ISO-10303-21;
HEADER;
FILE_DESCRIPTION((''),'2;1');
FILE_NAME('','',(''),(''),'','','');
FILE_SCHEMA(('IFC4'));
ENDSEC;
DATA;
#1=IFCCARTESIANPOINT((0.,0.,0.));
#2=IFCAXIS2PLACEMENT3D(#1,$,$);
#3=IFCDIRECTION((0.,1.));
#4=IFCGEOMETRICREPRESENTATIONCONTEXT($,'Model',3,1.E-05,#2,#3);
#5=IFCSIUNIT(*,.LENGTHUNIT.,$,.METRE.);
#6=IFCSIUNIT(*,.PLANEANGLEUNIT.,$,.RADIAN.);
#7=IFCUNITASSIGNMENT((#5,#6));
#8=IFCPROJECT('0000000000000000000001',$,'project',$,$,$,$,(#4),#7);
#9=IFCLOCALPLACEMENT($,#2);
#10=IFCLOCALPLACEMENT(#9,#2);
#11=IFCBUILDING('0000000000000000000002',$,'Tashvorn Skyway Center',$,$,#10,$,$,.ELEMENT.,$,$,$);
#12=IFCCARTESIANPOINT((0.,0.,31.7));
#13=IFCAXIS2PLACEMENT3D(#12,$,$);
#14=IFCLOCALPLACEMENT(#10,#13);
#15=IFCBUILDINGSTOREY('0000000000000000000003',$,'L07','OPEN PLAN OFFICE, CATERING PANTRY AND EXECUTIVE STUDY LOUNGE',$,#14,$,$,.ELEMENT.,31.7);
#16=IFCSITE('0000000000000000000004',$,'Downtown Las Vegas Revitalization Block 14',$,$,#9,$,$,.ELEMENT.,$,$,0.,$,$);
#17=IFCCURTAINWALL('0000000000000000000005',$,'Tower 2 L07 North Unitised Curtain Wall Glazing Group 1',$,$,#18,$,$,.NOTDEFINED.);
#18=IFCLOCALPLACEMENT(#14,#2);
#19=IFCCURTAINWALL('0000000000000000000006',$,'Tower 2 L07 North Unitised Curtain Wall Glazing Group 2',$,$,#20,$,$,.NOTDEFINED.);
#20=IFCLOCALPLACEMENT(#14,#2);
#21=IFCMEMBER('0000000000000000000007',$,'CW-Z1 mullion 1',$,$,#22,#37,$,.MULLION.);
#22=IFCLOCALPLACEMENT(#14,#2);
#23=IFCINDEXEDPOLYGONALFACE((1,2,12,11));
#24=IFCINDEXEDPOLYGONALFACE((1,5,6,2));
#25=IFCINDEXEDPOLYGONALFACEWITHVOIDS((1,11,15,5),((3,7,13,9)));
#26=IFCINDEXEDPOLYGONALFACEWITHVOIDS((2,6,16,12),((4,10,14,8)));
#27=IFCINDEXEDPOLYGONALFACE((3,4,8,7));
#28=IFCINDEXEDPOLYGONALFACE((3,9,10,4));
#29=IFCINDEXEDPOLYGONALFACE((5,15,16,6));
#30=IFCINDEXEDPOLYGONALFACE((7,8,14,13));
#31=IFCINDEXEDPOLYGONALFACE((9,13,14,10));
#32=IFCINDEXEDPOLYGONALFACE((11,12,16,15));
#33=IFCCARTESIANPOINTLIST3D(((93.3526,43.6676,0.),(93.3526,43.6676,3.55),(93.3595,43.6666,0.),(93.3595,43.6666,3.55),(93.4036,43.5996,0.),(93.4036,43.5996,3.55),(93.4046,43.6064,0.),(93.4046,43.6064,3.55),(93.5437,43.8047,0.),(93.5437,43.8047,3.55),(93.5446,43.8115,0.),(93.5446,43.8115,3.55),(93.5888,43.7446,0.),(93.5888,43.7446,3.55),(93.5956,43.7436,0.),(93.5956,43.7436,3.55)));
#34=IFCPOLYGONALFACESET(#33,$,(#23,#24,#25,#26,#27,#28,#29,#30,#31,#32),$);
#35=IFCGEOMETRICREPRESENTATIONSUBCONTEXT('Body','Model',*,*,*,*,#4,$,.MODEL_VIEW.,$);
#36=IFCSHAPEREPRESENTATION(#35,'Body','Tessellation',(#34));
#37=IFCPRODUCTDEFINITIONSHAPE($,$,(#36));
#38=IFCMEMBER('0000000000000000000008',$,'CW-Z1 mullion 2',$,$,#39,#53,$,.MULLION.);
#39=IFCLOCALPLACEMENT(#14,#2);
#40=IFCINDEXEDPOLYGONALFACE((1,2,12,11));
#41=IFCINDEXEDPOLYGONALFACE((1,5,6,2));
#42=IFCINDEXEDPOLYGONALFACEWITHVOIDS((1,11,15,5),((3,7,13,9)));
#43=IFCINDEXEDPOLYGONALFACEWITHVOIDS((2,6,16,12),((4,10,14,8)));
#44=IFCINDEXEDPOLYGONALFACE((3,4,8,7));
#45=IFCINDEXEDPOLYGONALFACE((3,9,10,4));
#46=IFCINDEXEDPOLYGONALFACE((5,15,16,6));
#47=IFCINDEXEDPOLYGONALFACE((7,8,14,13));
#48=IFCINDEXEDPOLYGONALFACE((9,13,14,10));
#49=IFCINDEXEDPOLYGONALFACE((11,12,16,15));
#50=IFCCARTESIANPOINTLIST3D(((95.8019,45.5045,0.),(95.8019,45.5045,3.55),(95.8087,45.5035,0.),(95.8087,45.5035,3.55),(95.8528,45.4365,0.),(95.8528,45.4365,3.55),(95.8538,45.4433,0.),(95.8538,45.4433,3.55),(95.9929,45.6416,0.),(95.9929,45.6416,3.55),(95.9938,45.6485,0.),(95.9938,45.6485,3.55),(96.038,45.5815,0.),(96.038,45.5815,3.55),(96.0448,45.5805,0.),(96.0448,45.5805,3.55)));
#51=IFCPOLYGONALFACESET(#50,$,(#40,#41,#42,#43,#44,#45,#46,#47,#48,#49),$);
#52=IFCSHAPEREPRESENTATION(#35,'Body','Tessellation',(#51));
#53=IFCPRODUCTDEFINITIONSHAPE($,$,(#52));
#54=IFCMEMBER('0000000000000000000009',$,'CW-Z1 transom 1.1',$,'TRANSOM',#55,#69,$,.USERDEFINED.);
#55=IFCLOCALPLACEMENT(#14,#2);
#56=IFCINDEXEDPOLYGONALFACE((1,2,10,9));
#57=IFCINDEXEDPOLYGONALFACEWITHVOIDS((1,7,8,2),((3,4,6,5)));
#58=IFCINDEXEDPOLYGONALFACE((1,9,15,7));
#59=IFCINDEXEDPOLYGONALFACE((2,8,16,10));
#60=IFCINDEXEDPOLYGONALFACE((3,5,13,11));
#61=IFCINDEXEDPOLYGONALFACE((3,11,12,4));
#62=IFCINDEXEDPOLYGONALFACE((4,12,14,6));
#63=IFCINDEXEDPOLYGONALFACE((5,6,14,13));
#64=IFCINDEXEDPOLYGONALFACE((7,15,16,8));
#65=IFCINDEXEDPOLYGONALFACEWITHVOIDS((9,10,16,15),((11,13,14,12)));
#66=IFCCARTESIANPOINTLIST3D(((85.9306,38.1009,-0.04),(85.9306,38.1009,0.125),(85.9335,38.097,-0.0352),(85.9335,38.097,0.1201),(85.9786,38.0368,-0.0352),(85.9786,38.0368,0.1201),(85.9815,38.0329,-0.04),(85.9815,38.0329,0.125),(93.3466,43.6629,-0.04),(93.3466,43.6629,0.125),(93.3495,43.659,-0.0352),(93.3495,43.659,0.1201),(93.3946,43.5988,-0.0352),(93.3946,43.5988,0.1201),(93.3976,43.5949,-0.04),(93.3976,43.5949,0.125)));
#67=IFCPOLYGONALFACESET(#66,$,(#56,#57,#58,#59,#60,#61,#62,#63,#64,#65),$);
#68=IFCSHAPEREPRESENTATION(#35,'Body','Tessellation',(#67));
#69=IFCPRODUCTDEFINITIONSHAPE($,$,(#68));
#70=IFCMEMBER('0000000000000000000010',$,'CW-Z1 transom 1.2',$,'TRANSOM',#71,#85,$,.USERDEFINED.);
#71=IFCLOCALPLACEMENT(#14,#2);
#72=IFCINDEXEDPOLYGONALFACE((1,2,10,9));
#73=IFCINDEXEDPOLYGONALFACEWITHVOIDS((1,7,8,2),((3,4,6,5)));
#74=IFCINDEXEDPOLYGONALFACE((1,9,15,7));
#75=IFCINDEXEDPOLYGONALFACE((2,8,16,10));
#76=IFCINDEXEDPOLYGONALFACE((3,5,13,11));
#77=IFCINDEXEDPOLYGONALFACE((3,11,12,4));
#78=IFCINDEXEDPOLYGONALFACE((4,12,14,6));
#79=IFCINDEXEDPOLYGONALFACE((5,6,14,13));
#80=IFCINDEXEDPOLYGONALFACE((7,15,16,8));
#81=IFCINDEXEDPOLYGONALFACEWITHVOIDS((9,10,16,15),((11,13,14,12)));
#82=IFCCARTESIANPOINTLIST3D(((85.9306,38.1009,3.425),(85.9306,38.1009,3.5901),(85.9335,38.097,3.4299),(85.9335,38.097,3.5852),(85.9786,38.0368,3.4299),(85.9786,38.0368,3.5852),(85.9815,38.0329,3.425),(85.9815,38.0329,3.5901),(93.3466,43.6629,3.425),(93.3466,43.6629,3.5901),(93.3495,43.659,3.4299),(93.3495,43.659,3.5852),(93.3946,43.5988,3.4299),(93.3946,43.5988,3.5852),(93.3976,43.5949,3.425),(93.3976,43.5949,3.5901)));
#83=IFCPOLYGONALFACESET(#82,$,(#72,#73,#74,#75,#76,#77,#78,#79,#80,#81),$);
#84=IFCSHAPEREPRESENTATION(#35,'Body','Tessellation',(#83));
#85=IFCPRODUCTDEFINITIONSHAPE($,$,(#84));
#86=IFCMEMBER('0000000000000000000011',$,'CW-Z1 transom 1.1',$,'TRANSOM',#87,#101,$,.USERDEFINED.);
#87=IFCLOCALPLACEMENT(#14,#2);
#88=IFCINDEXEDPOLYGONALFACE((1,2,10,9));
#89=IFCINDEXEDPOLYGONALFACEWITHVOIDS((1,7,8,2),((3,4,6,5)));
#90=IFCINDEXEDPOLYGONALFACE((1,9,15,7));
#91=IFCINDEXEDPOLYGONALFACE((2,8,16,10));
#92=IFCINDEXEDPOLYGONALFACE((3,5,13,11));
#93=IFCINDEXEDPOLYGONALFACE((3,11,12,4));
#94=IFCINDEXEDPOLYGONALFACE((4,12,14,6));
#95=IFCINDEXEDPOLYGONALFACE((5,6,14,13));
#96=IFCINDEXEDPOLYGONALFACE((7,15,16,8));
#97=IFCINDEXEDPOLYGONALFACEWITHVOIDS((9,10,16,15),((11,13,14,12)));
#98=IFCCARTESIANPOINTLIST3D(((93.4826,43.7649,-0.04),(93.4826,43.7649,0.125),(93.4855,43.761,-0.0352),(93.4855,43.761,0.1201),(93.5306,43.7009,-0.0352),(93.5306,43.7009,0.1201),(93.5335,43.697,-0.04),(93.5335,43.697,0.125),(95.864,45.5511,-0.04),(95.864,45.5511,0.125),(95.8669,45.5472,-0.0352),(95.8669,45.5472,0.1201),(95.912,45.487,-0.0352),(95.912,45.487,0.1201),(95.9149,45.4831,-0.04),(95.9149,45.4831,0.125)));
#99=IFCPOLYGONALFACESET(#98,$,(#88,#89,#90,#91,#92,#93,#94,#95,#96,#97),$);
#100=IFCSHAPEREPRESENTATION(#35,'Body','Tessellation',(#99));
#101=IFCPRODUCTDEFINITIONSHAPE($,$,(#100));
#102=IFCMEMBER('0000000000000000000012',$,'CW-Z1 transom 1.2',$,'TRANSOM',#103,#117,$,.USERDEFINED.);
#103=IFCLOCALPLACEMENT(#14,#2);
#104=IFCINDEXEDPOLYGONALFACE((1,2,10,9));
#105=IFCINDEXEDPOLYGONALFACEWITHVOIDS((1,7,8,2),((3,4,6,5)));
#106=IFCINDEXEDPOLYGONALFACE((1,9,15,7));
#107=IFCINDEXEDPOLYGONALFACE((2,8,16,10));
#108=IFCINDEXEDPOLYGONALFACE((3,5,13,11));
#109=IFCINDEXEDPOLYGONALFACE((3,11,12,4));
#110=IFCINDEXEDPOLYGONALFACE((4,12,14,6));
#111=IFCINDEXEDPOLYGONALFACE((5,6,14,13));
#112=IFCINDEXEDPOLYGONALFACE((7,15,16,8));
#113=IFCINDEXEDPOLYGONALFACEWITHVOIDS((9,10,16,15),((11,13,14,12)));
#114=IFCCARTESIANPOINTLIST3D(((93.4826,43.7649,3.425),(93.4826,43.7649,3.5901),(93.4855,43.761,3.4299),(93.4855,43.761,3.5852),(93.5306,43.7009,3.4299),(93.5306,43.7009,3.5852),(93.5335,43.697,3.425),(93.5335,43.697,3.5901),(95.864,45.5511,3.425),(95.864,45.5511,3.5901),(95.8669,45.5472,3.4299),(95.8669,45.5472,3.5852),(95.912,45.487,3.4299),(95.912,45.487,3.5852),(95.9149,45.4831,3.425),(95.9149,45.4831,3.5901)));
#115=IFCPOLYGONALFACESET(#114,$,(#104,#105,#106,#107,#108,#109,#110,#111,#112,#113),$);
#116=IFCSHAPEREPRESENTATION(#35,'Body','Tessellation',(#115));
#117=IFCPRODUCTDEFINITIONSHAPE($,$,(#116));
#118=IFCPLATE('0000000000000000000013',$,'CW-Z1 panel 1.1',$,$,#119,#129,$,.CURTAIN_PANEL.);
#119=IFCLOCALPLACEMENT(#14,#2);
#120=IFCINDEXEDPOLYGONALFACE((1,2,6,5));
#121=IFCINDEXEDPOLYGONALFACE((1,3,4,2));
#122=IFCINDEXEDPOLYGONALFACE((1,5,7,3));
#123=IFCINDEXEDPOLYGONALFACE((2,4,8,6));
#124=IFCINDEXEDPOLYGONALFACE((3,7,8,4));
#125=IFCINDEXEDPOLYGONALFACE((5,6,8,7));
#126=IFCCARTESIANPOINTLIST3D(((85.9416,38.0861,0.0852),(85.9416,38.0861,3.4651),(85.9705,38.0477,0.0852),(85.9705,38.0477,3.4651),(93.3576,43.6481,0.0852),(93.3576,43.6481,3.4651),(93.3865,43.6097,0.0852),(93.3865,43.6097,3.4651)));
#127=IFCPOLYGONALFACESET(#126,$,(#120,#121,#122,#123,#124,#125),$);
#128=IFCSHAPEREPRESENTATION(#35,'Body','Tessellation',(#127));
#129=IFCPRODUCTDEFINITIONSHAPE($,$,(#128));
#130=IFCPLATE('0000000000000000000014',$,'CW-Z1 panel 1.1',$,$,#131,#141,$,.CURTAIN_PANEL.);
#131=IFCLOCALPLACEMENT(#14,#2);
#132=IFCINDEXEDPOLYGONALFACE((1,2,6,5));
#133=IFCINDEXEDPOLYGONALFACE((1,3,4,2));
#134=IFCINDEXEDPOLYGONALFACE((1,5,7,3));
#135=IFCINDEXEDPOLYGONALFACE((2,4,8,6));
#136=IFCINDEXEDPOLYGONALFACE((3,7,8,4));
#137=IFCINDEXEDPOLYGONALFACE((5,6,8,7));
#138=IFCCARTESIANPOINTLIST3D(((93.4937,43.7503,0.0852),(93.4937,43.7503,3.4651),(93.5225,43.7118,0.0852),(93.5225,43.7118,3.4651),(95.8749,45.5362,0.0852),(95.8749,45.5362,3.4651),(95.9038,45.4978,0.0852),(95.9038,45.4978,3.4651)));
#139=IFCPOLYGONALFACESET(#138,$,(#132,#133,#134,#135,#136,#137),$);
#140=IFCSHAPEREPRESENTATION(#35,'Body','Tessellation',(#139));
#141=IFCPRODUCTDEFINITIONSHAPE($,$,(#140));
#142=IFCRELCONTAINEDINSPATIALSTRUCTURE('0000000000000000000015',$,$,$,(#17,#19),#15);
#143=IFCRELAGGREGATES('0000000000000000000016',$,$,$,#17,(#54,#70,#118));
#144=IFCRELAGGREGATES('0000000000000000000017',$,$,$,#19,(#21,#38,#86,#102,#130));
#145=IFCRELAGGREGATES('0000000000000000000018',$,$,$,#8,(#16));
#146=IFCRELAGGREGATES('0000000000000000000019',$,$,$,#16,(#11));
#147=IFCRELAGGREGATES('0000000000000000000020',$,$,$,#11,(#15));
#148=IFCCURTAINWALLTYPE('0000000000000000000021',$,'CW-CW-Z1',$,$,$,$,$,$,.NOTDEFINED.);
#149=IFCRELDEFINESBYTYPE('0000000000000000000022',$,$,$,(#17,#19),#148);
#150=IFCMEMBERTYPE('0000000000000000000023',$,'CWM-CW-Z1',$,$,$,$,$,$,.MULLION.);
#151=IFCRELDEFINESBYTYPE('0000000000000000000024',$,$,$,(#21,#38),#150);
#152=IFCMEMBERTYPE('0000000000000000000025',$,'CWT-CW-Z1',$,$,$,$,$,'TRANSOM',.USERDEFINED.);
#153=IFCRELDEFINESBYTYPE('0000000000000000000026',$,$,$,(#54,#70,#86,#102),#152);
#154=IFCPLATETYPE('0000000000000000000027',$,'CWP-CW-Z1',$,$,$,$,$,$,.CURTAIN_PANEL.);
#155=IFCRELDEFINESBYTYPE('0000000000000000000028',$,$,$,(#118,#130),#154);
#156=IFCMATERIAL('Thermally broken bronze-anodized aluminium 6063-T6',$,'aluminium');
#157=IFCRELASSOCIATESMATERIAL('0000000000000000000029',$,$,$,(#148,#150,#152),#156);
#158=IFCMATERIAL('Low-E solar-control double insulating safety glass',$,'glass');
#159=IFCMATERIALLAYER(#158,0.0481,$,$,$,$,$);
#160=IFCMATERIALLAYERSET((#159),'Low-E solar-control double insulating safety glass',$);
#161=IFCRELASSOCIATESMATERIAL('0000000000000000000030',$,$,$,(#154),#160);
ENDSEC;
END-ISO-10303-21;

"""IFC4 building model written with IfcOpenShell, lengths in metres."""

from ifc_helpers import new_model, si_unit, direction, frame, origin, origin_2d, place, context, subcontext, project, spatial, rectangle, hollow_rectangle, extrude, material, layer, layer_set, material_profile, profile_set, type_object, element, aggregate, save


model = new_model("IFC4")

# Units and contexts
model_context = context("Model", 3, precision=1e-05, world=origin(), true_north=direction((0.0, 1.0)))
body_context = subcontext(model_context, "Body", "Model", "MODEL_VIEW")
ifc_project = project(units=[si_unit("LENGTHUNIT", "METRE"), si_unit("PLANEANGLEUNIT", "RADIAN")], contexts=[model_context])

# Site, building, storey
site_placement = place(None, origin())
site = spatial("IfcSite", under=ifc_project, at=site_placement, Name="Downtown Las Vegas Revitalization Block 14", CompositionType="ELEMENT", RefElevation=0.0)
building_placement = place(site_placement, origin())
building = spatial("IfcBuilding", under=site, at=building_placement, Name="Tashvorn Skyway Center", CompositionType="ELEMENT")
storey_placement = place(building_placement, frame((0.0, 0.0, 31.7)))
storey = spatial("IfcBuildingStorey", under=building, at=storey_placement, Name="L07", Description="OPEN PLAN OFFICE, CATERING PANTRY AND EXECUTIVE STUDY LOUNGE", CompositionType="ELEMENT", Elevation=31.7)

# Shared definitions
ifc_material_1 = material(Name="Thermally broken bronze-anodized aluminium 6063-T6", Category="aluminium")
curtain_wall_type = type_object("IfcCurtainWallType", Name="CW-CW-Z1", PredefinedType="NOTDEFINED", material=ifc_material_1)
ifc_material_profile_1 = material_profile(ifc_material_1, hollow_rectangle(XDim=0.085, YDim=0.24, WallThickness=0.0049, at=origin_2d()), Name="ALU-MULL-85x240")
ifc_profile_set_1 = profile_set([ifc_material_profile_1], Name="Thermally broken bronze-anodized aluminium 6063-T6")
member_type_1 = type_object("IfcMemberType", Name="CWM-CW-Z1", PredefinedType="MULLION", material=ifc_profile_set_1)

# Curtain walls, members
curtain_wall_1_placement = place(storey_placement, origin())
curtain_wall_1 = element("IfcCurtainWall", 1, at=curtain_wall_1_placement, inside=storey, type_object=curtain_wall_type, Name="Tower 2 L07 North Unitised Curtain Wall Glazing Group 1", PredefinedType="NOTDEFINED")
curtain_wall_2_placement = place(storey_placement, origin())
curtain_wall_2 = element("IfcCurtainWall", 2, at=curtain_wall_2_placement, inside=storey, type_object=curtain_wall_type, Name="Tower 2 L07 North Unitised Curtain Wall Glazing Group 2", PredefinedType="NOTDEFINED")
member_1_placement = place(storey_placement, frame((93.4741, 43.7056, 0.0), z_axis=(0.0, 0.0, 1.0), x_axis=(-0.600005, 0.799996, 0.0)))
member_1 = element("IfcMember", 3, at=member_1_placement, type_object=member_type_1, Name="CW-Z1 mullion 1", PredefinedType="MULLION", context=body_context, shape_type="SweptSolid", body=[
    extrude(hollow_rectangle(XDim=0.085, YDim=0.24, WallThickness=0.0049, at=origin_2d()), origin(), (0.0, 0.0, 1.0), 3.55),
])
member_2_placement = place(storey_placement, frame((95.9233, 45.5425, 0.0), z_axis=(0.0, 0.0, 1.0), x_axis=(-0.600005, 0.799996, 0.0)))
member_2 = element("IfcMember", 4, at=member_2_placement, type_object=member_type_1, Name="CW-Z1 mullion 2", PredefinedType="MULLION", context=body_context, shape_type="SweptSolid", body=[
    extrude(hollow_rectangle(XDim=0.085, YDim=0.24, WallThickness=0.0049, at=origin_2d()), origin(), (0.0, 0.0, 1.0), 3.55),
])

# Members
ifc_material_profile_2 = material_profile(ifc_material_1, hollow_rectangle(XDim=0.085, YDim=0.165, WallThickness=0.0049, at=origin_2d()), Name="ALU-TRAN-85x165")
ifc_profile_set_2 = profile_set([ifc_material_profile_2], Name="Thermally broken bronze-anodized aluminium 6063-T6")
member_type_2 = type_object("IfcMemberType", Name="CWT-CW-Z1", ElementType="TRANSOM", PredefinedType="USERDEFINED", material=ifc_profile_set_2)
member_3_placement = place(storey_placement, frame((85.9561, 38.0669, 0.0425), z_axis=(0.8, 0.6, 0.0), x_axis=(-0.6, 0.8, 0.0)))
member_3 = element("IfcMember", 5, at=member_3_placement, type_object=member_type_2, Name="CW-Z1 transom 1.1", ObjectType="TRANSOM", PredefinedType="USERDEFINED", context=body_context, shape_type="SweptSolid", body=[
    extrude(hollow_rectangle(XDim=0.085, YDim=0.165, WallThickness=0.0049, at=origin_2d()), origin(), (0.0, 0.0, 1.0), 9.27),
])
member_4_placement = place(storey_placement, frame((85.9561, 38.0669, 3.5076), z_axis=(0.8, 0.6, 0.0), x_axis=(-0.6, 0.8, 0.0)))
member_4 = element("IfcMember", 6, at=member_4_placement, type_object=member_type_2, Name="CW-Z1 transom 1.2", ObjectType="TRANSOM", PredefinedType="USERDEFINED", context=body_context, shape_type="SweptSolid", body=[
    extrude(hollow_rectangle(XDim=0.085, YDim=0.165, WallThickness=0.0049, at=origin_2d()), origin(), (0.0, 0.0, 1.0), 9.27),
])
member_5_placement = place(storey_placement, frame((93.5081, 43.731, 0.0425), z_axis=(0.79998, 0.600026, 0.0), x_axis=(-0.600026, 0.79998, 0.0)))
member_5 = element("IfcMember", 7, at=member_5_placement, type_object=member_type_2, Name="CW-Z1 transom 1.1", ObjectType="TRANSOM", PredefinedType="USERDEFINED", context=body_context, shape_type="SweptSolid", body=[
    extrude(hollow_rectangle(XDim=0.085, YDim=0.165, WallThickness=0.0049, at=origin_2d()), origin(), (0.0, 0.0, 1.0), 2.9768),
])
member_6_placement = place(storey_placement, frame((93.5081, 43.731, 3.5076), z_axis=(0.79998, 0.600026, 0.0), x_axis=(-0.600026, 0.79998, 0.0)))
member_6 = element("IfcMember", 8, at=member_6_placement, type_object=member_type_2, Name="CW-Z1 transom 1.2", ObjectType="TRANSOM", PredefinedType="USERDEFINED", context=body_context, shape_type="SweptSolid", body=[
    extrude(hollow_rectangle(XDim=0.085, YDim=0.165, WallThickness=0.0049, at=origin_2d()), origin(), (0.0, 0.0, 1.0), 2.9768),
])

# Plates
ifc_material_2 = material(Name="Low-E solar-control double insulating safety glass", Category="glass")
ifc_layer_1 = layer(ifc_material_2, 0.0481)
ifc_layer_set_1 = layer_set([ifc_layer_1], Name="Low-E solar-control double insulating safety glass")
plate_type = type_object("IfcPlateType", Name="CWP-CW-Z1", PredefinedType="CURTAIN_PANEL", material=ifc_layer_set_1)
plate_1_placement = place(storey_placement, frame((89.6641, 40.8479, 0.0852), z_axis=(0.0, 0.0, 1.0), x_axis=(0.8, 0.6, 0.0)))
plate_1 = element("IfcPlate", 9, at=plate_1_placement, type_object=plate_type, Name="CW-Z1 panel 1.1", PredefinedType="CURTAIN_PANEL", context=body_context, shape_type="SweptSolid", body=[
    extrude(rectangle(XDim=9.27, YDim=0.0481, at=origin_2d()), origin(), (0.0, 0.0, 1.0), 3.3799),
])
aggregate(curtain_wall_1, [member_3, member_4, plate_1])
plate_2_placement = place(storey_placement, frame((94.6987, 44.624, 0.0852), z_axis=(0.0, 0.0, 1.0), x_axis=(0.799996, 0.600005, 0.0)))
plate_2 = element("IfcPlate", 10, at=plate_2_placement, type_object=plate_type, Name="CW-Z1 panel 1.1", PredefinedType="CURTAIN_PANEL", context=body_context, shape_type="SweptSolid", body=[
    extrude(rectangle(XDim=2.9766, YDim=0.0481, at=origin_2d()), origin(), (0.0, 0.0, 1.0), 3.3799),
])
aggregate(curtain_wall_2, [member_1, member_2, member_5, member_6, plate_2])

save(model, "model.ifc")
